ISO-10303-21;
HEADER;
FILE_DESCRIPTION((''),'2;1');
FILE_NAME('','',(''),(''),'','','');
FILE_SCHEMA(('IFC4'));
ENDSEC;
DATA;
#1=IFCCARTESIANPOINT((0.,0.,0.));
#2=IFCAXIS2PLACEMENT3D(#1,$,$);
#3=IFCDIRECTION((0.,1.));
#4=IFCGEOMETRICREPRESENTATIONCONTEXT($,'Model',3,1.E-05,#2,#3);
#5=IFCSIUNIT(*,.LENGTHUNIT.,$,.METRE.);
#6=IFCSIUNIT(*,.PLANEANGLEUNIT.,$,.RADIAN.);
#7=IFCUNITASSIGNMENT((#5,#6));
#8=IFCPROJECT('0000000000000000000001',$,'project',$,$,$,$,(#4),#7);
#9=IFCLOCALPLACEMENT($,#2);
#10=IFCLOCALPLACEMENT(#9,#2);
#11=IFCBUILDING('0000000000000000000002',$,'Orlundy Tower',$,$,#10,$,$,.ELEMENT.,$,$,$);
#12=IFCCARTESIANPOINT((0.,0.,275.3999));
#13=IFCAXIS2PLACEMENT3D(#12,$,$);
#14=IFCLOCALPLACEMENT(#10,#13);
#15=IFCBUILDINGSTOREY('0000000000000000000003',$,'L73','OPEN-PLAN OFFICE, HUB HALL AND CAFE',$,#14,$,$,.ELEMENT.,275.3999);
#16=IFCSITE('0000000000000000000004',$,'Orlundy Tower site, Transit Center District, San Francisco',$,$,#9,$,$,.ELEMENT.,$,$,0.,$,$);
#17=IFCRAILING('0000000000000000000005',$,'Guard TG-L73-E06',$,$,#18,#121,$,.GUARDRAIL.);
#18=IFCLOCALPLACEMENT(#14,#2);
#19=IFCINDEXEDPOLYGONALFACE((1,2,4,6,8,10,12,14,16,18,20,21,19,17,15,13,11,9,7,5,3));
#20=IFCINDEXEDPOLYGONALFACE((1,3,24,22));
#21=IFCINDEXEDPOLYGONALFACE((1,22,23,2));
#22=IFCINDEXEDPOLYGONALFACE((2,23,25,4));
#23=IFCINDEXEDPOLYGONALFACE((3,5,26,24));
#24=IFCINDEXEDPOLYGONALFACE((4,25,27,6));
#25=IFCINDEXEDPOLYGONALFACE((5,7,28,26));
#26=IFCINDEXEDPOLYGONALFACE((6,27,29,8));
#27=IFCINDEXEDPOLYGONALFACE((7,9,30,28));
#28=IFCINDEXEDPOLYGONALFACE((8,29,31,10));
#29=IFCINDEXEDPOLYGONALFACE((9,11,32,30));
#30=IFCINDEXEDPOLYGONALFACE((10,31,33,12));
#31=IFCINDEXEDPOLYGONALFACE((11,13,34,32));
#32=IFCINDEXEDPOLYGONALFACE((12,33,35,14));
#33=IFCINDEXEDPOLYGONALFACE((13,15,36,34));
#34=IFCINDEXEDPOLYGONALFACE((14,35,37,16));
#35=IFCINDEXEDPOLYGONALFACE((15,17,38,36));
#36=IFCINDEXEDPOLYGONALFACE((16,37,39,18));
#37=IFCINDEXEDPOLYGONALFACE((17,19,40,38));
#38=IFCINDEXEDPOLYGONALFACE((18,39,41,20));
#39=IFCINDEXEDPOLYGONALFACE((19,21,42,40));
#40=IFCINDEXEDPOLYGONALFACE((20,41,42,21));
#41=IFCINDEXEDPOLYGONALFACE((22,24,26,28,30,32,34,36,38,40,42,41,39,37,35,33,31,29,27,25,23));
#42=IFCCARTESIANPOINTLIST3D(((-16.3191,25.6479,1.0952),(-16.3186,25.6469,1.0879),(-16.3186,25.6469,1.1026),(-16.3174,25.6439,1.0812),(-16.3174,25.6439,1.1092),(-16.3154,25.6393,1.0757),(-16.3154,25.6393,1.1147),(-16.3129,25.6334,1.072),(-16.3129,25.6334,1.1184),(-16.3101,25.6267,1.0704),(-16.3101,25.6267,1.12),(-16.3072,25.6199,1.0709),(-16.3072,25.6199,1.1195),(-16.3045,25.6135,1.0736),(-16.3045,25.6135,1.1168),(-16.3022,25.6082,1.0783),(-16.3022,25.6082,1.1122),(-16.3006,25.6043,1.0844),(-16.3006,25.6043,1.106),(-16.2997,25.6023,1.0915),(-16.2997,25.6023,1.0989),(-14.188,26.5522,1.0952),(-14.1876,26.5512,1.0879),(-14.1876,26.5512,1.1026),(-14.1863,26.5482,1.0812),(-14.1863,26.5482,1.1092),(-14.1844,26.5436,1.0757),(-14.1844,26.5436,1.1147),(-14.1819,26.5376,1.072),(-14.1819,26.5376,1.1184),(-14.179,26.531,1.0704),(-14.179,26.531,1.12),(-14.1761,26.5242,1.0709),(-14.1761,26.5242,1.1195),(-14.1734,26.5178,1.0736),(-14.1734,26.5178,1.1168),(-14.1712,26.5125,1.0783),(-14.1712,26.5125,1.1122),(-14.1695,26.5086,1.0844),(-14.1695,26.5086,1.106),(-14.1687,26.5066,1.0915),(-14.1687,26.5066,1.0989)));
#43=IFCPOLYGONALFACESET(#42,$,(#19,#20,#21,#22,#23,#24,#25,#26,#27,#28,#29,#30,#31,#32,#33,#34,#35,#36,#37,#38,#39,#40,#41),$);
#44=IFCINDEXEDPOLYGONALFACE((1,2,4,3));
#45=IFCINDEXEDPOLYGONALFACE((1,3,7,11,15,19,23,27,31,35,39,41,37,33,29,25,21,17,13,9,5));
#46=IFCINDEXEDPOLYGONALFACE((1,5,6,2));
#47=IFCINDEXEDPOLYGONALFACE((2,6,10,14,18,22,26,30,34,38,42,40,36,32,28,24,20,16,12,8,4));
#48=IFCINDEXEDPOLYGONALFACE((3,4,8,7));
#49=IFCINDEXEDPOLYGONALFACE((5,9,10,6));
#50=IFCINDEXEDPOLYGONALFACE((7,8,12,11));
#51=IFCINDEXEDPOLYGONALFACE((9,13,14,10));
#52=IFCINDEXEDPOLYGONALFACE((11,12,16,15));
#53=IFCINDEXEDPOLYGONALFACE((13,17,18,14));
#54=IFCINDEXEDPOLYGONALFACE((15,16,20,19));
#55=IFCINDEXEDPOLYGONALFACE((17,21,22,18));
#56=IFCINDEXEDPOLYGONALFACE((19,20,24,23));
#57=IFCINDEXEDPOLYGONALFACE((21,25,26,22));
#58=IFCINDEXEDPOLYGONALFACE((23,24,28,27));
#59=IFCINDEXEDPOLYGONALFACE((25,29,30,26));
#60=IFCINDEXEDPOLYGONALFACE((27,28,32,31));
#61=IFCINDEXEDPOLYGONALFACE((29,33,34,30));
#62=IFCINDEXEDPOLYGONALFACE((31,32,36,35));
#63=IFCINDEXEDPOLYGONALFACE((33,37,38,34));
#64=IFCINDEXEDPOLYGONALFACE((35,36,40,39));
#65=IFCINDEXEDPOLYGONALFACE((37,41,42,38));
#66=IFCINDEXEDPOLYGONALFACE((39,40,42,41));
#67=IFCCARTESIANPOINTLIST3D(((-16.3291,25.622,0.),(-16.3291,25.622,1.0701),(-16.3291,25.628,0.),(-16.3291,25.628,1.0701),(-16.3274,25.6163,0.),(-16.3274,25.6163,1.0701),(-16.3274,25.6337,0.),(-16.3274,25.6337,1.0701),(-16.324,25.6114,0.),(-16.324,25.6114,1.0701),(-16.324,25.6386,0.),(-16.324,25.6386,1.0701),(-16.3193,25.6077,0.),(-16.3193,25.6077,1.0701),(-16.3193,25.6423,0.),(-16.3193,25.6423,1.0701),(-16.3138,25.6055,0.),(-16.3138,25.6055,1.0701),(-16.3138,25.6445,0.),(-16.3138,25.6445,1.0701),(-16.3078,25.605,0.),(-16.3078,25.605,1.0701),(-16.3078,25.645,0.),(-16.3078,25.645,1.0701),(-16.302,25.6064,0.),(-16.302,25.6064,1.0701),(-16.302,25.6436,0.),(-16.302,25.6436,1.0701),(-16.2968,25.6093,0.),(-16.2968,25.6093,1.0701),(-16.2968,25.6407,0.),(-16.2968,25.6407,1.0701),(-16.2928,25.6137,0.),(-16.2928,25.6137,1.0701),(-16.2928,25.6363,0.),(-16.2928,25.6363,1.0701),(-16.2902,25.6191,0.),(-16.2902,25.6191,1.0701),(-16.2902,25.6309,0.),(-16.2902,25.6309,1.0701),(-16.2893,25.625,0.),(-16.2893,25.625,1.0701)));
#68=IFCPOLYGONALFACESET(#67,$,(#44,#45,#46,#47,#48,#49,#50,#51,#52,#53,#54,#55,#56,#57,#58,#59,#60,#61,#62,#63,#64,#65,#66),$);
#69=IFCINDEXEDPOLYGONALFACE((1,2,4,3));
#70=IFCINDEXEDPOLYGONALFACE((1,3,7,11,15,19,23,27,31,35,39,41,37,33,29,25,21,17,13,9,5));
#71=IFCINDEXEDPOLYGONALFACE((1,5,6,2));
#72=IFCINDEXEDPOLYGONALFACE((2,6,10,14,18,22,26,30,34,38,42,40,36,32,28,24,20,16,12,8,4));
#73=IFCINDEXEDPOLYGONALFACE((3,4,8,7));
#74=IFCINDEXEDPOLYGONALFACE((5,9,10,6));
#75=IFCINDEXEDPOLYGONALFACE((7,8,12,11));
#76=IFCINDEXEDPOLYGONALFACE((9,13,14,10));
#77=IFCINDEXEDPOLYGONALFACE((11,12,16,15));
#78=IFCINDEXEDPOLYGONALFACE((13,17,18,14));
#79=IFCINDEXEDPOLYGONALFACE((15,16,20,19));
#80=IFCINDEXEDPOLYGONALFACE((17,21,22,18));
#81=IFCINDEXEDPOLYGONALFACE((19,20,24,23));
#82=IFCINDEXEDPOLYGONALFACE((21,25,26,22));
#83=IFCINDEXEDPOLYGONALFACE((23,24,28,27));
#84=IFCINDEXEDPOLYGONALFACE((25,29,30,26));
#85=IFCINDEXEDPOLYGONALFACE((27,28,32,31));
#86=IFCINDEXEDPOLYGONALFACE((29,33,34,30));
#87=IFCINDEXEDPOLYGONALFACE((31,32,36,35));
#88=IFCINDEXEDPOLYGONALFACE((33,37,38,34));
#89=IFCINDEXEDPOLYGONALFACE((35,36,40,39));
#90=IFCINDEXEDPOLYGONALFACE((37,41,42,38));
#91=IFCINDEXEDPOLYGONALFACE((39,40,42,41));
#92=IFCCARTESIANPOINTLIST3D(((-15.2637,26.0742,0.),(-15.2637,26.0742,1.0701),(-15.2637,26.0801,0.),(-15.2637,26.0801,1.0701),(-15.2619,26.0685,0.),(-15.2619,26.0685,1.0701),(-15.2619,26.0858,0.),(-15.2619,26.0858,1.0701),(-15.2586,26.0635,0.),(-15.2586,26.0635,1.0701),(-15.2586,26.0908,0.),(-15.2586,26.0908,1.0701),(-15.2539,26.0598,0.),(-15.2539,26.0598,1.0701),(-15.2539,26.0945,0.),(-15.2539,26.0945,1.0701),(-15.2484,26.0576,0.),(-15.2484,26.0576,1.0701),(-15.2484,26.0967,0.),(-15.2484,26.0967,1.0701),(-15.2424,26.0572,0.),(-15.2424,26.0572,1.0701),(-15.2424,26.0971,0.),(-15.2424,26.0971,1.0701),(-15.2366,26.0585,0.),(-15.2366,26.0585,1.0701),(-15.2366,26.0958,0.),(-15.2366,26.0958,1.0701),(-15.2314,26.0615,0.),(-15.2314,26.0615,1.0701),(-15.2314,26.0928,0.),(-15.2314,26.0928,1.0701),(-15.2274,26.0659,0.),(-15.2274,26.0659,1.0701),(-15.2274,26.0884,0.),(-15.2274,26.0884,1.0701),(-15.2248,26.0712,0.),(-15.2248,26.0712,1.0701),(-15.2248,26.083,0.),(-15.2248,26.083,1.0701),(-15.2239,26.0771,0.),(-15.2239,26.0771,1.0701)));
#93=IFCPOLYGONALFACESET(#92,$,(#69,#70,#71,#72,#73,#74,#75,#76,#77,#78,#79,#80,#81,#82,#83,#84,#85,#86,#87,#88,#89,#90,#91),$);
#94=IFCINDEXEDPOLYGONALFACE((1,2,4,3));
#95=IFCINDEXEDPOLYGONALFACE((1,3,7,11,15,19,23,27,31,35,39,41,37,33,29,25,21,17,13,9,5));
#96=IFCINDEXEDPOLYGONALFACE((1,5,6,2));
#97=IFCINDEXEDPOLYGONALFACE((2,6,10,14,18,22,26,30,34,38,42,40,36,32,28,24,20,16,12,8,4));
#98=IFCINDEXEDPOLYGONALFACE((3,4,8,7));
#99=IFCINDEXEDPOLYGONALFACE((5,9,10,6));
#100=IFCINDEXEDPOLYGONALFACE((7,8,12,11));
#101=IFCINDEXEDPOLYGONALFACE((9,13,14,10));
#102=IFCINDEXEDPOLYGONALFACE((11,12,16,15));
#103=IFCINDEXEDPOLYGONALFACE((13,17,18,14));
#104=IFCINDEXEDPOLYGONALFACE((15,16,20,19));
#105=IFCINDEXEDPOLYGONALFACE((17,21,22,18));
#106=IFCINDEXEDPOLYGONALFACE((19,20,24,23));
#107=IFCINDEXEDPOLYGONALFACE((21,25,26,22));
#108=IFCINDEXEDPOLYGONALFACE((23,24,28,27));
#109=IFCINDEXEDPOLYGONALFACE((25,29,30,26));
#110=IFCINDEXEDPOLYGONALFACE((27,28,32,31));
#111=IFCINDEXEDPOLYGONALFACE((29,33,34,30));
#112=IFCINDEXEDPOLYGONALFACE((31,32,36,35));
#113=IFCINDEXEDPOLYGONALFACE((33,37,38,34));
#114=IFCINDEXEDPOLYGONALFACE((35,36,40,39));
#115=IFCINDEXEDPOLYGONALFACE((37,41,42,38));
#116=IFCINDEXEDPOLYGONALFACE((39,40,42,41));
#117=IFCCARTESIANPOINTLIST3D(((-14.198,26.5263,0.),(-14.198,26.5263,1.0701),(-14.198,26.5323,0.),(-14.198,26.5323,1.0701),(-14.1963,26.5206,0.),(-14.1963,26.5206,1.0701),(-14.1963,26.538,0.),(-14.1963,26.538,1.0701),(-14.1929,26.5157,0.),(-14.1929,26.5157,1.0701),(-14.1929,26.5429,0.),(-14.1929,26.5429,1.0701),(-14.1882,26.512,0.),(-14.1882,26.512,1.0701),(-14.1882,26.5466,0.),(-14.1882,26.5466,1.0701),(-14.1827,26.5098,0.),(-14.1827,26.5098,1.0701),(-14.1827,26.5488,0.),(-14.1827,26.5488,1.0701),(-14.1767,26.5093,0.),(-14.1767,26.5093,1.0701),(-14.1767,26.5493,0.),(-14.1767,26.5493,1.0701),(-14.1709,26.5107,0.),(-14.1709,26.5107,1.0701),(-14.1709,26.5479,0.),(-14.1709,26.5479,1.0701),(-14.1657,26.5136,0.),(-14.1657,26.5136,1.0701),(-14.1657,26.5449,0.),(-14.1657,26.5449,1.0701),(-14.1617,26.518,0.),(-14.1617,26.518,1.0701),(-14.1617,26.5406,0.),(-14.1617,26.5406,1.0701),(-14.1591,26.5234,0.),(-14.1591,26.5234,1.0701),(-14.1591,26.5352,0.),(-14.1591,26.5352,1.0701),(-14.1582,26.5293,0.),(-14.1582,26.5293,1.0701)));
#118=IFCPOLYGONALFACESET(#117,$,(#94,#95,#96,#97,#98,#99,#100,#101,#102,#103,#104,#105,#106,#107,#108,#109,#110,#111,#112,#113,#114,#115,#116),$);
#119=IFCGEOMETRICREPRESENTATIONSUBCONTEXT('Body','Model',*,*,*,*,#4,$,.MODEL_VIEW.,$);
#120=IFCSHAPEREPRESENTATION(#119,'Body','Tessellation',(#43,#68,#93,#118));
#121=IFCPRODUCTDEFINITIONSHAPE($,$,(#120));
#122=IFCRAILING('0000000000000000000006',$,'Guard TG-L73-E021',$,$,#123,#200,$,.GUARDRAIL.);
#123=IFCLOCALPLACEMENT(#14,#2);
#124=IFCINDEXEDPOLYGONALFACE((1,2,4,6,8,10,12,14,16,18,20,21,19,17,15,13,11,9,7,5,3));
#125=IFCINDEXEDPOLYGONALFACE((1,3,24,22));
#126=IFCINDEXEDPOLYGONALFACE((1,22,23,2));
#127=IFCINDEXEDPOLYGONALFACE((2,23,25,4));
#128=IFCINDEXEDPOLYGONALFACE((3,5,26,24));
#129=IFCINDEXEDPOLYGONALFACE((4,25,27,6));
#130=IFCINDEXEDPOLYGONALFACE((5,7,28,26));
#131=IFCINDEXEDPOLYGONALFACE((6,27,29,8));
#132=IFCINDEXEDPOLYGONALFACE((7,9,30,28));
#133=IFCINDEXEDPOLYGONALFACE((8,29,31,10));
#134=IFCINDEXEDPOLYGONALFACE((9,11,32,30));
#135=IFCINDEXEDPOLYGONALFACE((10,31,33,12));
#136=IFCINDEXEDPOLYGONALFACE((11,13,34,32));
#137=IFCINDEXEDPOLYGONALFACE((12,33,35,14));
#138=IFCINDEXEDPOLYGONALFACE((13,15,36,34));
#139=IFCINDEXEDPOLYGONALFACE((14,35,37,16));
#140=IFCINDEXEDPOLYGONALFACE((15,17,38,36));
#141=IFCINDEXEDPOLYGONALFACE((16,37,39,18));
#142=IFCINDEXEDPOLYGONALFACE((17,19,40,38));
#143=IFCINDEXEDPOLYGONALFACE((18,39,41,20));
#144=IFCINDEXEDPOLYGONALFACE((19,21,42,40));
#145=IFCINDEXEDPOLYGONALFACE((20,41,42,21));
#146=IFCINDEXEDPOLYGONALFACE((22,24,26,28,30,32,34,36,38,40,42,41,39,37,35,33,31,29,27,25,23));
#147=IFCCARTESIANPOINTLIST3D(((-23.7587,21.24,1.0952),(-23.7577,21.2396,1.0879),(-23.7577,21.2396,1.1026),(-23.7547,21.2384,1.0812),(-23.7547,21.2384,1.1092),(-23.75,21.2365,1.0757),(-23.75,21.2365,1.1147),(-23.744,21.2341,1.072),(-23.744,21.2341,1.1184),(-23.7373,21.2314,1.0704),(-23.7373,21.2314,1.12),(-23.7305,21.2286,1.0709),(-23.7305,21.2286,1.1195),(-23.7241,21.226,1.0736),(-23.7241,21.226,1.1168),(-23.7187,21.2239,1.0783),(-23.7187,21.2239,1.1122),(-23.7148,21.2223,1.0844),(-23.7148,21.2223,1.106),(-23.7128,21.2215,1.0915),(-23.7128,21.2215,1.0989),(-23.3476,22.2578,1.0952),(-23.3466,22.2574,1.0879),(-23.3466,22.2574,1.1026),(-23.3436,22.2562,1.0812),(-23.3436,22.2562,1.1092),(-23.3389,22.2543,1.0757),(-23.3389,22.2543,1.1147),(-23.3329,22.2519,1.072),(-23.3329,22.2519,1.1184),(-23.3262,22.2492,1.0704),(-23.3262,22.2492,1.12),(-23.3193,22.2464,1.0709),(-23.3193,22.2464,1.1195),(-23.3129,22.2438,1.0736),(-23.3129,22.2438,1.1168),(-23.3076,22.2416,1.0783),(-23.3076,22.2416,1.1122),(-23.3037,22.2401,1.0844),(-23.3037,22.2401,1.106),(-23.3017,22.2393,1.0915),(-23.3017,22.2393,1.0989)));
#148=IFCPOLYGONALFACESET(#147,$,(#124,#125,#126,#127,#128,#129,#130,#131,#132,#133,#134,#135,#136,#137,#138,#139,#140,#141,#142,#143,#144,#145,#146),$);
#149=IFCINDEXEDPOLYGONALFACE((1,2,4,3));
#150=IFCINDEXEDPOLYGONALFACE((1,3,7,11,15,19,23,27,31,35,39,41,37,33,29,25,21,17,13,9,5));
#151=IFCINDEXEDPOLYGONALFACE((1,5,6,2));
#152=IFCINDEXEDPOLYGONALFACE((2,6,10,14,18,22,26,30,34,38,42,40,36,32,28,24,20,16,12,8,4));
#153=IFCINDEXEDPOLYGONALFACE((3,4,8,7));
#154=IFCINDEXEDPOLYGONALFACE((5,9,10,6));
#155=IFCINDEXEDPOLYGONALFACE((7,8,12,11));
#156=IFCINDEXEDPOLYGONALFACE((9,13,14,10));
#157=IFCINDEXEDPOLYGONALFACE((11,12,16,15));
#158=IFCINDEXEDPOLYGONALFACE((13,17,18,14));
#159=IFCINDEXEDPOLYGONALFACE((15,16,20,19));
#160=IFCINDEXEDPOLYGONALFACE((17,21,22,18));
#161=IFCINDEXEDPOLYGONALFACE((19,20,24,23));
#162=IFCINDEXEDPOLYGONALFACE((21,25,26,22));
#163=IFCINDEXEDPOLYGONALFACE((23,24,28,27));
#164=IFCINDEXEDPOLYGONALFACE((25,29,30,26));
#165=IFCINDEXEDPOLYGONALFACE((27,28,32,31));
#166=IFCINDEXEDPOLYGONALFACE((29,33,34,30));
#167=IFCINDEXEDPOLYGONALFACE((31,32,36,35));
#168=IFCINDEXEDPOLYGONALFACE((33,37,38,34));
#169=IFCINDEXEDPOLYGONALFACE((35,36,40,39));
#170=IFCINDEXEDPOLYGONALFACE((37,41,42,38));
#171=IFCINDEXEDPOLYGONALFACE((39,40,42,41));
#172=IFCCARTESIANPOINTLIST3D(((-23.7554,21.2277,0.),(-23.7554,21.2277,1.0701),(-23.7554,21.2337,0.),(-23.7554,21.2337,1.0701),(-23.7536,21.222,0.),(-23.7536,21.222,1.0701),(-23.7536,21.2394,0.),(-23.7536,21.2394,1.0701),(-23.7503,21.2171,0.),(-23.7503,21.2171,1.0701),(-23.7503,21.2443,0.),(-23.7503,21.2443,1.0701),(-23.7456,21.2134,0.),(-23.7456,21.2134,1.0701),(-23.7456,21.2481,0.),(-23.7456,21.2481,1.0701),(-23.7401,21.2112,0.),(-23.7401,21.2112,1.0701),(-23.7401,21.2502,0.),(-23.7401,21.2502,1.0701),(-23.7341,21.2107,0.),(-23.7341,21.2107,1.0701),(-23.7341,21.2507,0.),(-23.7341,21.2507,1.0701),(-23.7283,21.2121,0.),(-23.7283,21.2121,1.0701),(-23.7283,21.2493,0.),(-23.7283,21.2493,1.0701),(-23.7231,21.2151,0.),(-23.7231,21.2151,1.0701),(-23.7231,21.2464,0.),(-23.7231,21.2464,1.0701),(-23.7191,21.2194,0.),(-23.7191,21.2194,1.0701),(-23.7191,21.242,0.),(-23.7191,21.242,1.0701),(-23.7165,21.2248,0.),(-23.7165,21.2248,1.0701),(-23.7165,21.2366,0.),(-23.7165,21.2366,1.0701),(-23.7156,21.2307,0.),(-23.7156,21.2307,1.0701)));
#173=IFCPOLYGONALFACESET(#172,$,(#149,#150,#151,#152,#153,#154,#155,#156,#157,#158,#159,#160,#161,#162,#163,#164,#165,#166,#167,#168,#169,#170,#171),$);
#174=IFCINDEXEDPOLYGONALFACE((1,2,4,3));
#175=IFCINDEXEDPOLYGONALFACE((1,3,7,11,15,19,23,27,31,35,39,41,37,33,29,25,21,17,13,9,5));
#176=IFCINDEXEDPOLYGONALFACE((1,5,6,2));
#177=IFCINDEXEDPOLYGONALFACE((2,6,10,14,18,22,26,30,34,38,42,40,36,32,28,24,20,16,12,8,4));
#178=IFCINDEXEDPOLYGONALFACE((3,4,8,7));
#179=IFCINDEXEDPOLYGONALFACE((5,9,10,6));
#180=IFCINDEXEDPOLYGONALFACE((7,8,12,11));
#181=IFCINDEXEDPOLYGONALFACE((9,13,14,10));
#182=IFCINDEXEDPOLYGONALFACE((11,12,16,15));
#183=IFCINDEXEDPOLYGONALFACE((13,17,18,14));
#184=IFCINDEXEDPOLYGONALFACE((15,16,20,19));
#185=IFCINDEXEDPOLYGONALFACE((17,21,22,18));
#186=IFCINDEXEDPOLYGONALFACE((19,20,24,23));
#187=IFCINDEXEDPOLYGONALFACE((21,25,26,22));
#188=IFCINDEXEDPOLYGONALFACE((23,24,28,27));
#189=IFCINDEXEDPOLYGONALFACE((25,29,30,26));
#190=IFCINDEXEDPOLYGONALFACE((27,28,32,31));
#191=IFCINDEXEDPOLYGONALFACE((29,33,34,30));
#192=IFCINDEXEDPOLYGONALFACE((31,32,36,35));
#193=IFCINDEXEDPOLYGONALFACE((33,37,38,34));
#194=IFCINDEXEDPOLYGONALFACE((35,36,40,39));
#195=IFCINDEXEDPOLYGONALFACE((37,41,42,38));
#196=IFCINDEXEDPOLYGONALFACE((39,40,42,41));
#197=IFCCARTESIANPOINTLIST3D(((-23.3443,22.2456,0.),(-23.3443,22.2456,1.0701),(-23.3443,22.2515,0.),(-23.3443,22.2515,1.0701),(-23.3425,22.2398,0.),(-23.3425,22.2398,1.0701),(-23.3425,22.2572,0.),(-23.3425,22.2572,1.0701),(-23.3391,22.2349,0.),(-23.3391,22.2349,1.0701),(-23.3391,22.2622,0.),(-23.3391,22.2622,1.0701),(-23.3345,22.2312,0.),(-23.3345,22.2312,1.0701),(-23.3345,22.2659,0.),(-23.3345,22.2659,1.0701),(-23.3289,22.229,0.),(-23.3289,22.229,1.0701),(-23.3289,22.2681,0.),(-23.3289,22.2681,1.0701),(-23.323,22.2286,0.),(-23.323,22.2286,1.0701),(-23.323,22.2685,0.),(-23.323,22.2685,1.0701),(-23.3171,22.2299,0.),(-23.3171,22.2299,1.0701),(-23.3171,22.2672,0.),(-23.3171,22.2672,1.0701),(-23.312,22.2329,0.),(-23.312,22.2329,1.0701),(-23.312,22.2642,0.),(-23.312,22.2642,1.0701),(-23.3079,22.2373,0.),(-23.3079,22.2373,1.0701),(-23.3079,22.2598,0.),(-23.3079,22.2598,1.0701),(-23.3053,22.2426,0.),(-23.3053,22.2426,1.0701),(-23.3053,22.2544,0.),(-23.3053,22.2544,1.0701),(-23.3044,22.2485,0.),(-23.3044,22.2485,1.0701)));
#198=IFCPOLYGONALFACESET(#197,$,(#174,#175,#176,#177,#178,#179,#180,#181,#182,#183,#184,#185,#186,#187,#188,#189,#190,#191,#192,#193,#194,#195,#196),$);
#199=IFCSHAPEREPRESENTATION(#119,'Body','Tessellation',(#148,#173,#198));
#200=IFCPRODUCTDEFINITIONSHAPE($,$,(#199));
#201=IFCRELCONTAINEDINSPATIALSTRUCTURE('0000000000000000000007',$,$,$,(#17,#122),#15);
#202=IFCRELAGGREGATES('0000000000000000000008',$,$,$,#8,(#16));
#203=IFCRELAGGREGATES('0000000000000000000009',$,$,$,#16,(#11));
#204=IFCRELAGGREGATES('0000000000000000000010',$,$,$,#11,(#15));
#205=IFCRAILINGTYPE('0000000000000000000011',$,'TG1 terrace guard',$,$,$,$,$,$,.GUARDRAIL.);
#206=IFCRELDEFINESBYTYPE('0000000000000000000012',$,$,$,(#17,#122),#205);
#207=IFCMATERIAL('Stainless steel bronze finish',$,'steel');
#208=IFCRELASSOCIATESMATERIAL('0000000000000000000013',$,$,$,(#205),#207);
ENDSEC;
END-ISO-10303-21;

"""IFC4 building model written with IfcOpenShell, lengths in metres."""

from ifc_helpers import new_model, si_unit, direction, frame, origin, origin_2d, place, context, subcontext, project, spatial, circle, extrude, material, type_object, element, save


model = new_model("IFC4")

# Units and contexts
model_context = context("Model", 3, precision=1e-05, world=origin(), true_north=direction((0.0, 1.0)))
body_context = subcontext(model_context, "Body", "Model", "MODEL_VIEW")
ifc_project = project(units=[si_unit("LENGTHUNIT", "METRE"), si_unit("PLANEANGLEUNIT", "RADIAN")], contexts=[model_context])

# Site, building, storey
site_placement = place(None, origin())
site = spatial("IfcSite", under=ifc_project, at=site_placement, Name="Orlundy Tower site, Transit Center District, San Francisco", CompositionType="ELEMENT", RefElevation=0.0)
building_placement = place(site_placement, origin())
building = spatial("IfcBuilding", under=site, at=building_placement, Name="Orlundy Tower", CompositionType="ELEMENT")
storey_placement = place(building_placement, frame((0.0, 0.0, 275.3999)))
storey = spatial("IfcBuildingStorey", under=building, at=storey_placement, Name="L73", Description="OPEN-PLAN OFFICE, HUB HALL AND CAFE", CompositionType="ELEMENT", Elevation=275.3999)

# Railings
ifc_material_1 = material(Name="Stainless steel bronze finish", Category="steel")
railing_type = type_object("IfcRailingType", Name="TG1 terrace guard", PredefinedType="GUARDRAIL", material=ifc_material_1)
railing_1_placement = place(storey_placement, frame((-16.3093, 25.625, 0.0)))
element("IfcRailing", 1, at=railing_1_placement, inside=storey, type_object=railing_type, Name="Guard TG-L73-E06", PredefinedType="GUARDRAIL", context=body_context, shape_type="SweptSolid", body=[
    extrude(circle(Radius=0.0249, at=origin_2d()), frame((0.0, 0.0, 1.0952), z_axis=(0.920552, 0.39062, 0.0), x_axis=(-0.39062, 0.920552, 0.0)), (0.0, 0.0, 1.0), 2.3149),
    extrude(circle(Radius=0.02, at=origin_2d()), origin(), (0.0, 0.0, 1.0), 1.0701),
    extrude(circle(Radius=0.02, at=origin_2d()), frame((1.0654, 0.4521, 0.0)), (0.0, 0.0, 1.0), 1.0701),
    extrude(circle(Radius=0.02, at=origin_2d()), frame((2.1311, 0.9043, 0.0)), (0.0, 0.0, 1.0), 1.0701),
])
railing_2_placement = place(storey_placement, frame((-23.7356, 21.2307, 0.0)))
element("IfcRailing", 2, at=railing_2_placement, inside=storey, type_object=railing_type, Name="Guard TG-L73-E021", PredefinedType="GUARDRAIL", context=body_context, shape_type="SweptSolid", body=[
    extrude(circle(Radius=0.0249, at=origin_2d()), frame((0.0, 0.0, 1.0952), z_axis=(0.374533, 0.927214, 0.0), x_axis=(-0.927214, 0.374533, 0.0)), (0.0, 0.0, 1.0), 1.0977),
    extrude(circle(Radius=0.02, at=origin_2d()), origin(), (0.0, 0.0, 1.0), 1.0701),
    extrude(circle(Radius=0.02, at=origin_2d()), frame((0.4111, 1.0178, 0.0)), (0.0, 0.0, 1.0), 1.0701),
])

save(model, "model.ifc")
